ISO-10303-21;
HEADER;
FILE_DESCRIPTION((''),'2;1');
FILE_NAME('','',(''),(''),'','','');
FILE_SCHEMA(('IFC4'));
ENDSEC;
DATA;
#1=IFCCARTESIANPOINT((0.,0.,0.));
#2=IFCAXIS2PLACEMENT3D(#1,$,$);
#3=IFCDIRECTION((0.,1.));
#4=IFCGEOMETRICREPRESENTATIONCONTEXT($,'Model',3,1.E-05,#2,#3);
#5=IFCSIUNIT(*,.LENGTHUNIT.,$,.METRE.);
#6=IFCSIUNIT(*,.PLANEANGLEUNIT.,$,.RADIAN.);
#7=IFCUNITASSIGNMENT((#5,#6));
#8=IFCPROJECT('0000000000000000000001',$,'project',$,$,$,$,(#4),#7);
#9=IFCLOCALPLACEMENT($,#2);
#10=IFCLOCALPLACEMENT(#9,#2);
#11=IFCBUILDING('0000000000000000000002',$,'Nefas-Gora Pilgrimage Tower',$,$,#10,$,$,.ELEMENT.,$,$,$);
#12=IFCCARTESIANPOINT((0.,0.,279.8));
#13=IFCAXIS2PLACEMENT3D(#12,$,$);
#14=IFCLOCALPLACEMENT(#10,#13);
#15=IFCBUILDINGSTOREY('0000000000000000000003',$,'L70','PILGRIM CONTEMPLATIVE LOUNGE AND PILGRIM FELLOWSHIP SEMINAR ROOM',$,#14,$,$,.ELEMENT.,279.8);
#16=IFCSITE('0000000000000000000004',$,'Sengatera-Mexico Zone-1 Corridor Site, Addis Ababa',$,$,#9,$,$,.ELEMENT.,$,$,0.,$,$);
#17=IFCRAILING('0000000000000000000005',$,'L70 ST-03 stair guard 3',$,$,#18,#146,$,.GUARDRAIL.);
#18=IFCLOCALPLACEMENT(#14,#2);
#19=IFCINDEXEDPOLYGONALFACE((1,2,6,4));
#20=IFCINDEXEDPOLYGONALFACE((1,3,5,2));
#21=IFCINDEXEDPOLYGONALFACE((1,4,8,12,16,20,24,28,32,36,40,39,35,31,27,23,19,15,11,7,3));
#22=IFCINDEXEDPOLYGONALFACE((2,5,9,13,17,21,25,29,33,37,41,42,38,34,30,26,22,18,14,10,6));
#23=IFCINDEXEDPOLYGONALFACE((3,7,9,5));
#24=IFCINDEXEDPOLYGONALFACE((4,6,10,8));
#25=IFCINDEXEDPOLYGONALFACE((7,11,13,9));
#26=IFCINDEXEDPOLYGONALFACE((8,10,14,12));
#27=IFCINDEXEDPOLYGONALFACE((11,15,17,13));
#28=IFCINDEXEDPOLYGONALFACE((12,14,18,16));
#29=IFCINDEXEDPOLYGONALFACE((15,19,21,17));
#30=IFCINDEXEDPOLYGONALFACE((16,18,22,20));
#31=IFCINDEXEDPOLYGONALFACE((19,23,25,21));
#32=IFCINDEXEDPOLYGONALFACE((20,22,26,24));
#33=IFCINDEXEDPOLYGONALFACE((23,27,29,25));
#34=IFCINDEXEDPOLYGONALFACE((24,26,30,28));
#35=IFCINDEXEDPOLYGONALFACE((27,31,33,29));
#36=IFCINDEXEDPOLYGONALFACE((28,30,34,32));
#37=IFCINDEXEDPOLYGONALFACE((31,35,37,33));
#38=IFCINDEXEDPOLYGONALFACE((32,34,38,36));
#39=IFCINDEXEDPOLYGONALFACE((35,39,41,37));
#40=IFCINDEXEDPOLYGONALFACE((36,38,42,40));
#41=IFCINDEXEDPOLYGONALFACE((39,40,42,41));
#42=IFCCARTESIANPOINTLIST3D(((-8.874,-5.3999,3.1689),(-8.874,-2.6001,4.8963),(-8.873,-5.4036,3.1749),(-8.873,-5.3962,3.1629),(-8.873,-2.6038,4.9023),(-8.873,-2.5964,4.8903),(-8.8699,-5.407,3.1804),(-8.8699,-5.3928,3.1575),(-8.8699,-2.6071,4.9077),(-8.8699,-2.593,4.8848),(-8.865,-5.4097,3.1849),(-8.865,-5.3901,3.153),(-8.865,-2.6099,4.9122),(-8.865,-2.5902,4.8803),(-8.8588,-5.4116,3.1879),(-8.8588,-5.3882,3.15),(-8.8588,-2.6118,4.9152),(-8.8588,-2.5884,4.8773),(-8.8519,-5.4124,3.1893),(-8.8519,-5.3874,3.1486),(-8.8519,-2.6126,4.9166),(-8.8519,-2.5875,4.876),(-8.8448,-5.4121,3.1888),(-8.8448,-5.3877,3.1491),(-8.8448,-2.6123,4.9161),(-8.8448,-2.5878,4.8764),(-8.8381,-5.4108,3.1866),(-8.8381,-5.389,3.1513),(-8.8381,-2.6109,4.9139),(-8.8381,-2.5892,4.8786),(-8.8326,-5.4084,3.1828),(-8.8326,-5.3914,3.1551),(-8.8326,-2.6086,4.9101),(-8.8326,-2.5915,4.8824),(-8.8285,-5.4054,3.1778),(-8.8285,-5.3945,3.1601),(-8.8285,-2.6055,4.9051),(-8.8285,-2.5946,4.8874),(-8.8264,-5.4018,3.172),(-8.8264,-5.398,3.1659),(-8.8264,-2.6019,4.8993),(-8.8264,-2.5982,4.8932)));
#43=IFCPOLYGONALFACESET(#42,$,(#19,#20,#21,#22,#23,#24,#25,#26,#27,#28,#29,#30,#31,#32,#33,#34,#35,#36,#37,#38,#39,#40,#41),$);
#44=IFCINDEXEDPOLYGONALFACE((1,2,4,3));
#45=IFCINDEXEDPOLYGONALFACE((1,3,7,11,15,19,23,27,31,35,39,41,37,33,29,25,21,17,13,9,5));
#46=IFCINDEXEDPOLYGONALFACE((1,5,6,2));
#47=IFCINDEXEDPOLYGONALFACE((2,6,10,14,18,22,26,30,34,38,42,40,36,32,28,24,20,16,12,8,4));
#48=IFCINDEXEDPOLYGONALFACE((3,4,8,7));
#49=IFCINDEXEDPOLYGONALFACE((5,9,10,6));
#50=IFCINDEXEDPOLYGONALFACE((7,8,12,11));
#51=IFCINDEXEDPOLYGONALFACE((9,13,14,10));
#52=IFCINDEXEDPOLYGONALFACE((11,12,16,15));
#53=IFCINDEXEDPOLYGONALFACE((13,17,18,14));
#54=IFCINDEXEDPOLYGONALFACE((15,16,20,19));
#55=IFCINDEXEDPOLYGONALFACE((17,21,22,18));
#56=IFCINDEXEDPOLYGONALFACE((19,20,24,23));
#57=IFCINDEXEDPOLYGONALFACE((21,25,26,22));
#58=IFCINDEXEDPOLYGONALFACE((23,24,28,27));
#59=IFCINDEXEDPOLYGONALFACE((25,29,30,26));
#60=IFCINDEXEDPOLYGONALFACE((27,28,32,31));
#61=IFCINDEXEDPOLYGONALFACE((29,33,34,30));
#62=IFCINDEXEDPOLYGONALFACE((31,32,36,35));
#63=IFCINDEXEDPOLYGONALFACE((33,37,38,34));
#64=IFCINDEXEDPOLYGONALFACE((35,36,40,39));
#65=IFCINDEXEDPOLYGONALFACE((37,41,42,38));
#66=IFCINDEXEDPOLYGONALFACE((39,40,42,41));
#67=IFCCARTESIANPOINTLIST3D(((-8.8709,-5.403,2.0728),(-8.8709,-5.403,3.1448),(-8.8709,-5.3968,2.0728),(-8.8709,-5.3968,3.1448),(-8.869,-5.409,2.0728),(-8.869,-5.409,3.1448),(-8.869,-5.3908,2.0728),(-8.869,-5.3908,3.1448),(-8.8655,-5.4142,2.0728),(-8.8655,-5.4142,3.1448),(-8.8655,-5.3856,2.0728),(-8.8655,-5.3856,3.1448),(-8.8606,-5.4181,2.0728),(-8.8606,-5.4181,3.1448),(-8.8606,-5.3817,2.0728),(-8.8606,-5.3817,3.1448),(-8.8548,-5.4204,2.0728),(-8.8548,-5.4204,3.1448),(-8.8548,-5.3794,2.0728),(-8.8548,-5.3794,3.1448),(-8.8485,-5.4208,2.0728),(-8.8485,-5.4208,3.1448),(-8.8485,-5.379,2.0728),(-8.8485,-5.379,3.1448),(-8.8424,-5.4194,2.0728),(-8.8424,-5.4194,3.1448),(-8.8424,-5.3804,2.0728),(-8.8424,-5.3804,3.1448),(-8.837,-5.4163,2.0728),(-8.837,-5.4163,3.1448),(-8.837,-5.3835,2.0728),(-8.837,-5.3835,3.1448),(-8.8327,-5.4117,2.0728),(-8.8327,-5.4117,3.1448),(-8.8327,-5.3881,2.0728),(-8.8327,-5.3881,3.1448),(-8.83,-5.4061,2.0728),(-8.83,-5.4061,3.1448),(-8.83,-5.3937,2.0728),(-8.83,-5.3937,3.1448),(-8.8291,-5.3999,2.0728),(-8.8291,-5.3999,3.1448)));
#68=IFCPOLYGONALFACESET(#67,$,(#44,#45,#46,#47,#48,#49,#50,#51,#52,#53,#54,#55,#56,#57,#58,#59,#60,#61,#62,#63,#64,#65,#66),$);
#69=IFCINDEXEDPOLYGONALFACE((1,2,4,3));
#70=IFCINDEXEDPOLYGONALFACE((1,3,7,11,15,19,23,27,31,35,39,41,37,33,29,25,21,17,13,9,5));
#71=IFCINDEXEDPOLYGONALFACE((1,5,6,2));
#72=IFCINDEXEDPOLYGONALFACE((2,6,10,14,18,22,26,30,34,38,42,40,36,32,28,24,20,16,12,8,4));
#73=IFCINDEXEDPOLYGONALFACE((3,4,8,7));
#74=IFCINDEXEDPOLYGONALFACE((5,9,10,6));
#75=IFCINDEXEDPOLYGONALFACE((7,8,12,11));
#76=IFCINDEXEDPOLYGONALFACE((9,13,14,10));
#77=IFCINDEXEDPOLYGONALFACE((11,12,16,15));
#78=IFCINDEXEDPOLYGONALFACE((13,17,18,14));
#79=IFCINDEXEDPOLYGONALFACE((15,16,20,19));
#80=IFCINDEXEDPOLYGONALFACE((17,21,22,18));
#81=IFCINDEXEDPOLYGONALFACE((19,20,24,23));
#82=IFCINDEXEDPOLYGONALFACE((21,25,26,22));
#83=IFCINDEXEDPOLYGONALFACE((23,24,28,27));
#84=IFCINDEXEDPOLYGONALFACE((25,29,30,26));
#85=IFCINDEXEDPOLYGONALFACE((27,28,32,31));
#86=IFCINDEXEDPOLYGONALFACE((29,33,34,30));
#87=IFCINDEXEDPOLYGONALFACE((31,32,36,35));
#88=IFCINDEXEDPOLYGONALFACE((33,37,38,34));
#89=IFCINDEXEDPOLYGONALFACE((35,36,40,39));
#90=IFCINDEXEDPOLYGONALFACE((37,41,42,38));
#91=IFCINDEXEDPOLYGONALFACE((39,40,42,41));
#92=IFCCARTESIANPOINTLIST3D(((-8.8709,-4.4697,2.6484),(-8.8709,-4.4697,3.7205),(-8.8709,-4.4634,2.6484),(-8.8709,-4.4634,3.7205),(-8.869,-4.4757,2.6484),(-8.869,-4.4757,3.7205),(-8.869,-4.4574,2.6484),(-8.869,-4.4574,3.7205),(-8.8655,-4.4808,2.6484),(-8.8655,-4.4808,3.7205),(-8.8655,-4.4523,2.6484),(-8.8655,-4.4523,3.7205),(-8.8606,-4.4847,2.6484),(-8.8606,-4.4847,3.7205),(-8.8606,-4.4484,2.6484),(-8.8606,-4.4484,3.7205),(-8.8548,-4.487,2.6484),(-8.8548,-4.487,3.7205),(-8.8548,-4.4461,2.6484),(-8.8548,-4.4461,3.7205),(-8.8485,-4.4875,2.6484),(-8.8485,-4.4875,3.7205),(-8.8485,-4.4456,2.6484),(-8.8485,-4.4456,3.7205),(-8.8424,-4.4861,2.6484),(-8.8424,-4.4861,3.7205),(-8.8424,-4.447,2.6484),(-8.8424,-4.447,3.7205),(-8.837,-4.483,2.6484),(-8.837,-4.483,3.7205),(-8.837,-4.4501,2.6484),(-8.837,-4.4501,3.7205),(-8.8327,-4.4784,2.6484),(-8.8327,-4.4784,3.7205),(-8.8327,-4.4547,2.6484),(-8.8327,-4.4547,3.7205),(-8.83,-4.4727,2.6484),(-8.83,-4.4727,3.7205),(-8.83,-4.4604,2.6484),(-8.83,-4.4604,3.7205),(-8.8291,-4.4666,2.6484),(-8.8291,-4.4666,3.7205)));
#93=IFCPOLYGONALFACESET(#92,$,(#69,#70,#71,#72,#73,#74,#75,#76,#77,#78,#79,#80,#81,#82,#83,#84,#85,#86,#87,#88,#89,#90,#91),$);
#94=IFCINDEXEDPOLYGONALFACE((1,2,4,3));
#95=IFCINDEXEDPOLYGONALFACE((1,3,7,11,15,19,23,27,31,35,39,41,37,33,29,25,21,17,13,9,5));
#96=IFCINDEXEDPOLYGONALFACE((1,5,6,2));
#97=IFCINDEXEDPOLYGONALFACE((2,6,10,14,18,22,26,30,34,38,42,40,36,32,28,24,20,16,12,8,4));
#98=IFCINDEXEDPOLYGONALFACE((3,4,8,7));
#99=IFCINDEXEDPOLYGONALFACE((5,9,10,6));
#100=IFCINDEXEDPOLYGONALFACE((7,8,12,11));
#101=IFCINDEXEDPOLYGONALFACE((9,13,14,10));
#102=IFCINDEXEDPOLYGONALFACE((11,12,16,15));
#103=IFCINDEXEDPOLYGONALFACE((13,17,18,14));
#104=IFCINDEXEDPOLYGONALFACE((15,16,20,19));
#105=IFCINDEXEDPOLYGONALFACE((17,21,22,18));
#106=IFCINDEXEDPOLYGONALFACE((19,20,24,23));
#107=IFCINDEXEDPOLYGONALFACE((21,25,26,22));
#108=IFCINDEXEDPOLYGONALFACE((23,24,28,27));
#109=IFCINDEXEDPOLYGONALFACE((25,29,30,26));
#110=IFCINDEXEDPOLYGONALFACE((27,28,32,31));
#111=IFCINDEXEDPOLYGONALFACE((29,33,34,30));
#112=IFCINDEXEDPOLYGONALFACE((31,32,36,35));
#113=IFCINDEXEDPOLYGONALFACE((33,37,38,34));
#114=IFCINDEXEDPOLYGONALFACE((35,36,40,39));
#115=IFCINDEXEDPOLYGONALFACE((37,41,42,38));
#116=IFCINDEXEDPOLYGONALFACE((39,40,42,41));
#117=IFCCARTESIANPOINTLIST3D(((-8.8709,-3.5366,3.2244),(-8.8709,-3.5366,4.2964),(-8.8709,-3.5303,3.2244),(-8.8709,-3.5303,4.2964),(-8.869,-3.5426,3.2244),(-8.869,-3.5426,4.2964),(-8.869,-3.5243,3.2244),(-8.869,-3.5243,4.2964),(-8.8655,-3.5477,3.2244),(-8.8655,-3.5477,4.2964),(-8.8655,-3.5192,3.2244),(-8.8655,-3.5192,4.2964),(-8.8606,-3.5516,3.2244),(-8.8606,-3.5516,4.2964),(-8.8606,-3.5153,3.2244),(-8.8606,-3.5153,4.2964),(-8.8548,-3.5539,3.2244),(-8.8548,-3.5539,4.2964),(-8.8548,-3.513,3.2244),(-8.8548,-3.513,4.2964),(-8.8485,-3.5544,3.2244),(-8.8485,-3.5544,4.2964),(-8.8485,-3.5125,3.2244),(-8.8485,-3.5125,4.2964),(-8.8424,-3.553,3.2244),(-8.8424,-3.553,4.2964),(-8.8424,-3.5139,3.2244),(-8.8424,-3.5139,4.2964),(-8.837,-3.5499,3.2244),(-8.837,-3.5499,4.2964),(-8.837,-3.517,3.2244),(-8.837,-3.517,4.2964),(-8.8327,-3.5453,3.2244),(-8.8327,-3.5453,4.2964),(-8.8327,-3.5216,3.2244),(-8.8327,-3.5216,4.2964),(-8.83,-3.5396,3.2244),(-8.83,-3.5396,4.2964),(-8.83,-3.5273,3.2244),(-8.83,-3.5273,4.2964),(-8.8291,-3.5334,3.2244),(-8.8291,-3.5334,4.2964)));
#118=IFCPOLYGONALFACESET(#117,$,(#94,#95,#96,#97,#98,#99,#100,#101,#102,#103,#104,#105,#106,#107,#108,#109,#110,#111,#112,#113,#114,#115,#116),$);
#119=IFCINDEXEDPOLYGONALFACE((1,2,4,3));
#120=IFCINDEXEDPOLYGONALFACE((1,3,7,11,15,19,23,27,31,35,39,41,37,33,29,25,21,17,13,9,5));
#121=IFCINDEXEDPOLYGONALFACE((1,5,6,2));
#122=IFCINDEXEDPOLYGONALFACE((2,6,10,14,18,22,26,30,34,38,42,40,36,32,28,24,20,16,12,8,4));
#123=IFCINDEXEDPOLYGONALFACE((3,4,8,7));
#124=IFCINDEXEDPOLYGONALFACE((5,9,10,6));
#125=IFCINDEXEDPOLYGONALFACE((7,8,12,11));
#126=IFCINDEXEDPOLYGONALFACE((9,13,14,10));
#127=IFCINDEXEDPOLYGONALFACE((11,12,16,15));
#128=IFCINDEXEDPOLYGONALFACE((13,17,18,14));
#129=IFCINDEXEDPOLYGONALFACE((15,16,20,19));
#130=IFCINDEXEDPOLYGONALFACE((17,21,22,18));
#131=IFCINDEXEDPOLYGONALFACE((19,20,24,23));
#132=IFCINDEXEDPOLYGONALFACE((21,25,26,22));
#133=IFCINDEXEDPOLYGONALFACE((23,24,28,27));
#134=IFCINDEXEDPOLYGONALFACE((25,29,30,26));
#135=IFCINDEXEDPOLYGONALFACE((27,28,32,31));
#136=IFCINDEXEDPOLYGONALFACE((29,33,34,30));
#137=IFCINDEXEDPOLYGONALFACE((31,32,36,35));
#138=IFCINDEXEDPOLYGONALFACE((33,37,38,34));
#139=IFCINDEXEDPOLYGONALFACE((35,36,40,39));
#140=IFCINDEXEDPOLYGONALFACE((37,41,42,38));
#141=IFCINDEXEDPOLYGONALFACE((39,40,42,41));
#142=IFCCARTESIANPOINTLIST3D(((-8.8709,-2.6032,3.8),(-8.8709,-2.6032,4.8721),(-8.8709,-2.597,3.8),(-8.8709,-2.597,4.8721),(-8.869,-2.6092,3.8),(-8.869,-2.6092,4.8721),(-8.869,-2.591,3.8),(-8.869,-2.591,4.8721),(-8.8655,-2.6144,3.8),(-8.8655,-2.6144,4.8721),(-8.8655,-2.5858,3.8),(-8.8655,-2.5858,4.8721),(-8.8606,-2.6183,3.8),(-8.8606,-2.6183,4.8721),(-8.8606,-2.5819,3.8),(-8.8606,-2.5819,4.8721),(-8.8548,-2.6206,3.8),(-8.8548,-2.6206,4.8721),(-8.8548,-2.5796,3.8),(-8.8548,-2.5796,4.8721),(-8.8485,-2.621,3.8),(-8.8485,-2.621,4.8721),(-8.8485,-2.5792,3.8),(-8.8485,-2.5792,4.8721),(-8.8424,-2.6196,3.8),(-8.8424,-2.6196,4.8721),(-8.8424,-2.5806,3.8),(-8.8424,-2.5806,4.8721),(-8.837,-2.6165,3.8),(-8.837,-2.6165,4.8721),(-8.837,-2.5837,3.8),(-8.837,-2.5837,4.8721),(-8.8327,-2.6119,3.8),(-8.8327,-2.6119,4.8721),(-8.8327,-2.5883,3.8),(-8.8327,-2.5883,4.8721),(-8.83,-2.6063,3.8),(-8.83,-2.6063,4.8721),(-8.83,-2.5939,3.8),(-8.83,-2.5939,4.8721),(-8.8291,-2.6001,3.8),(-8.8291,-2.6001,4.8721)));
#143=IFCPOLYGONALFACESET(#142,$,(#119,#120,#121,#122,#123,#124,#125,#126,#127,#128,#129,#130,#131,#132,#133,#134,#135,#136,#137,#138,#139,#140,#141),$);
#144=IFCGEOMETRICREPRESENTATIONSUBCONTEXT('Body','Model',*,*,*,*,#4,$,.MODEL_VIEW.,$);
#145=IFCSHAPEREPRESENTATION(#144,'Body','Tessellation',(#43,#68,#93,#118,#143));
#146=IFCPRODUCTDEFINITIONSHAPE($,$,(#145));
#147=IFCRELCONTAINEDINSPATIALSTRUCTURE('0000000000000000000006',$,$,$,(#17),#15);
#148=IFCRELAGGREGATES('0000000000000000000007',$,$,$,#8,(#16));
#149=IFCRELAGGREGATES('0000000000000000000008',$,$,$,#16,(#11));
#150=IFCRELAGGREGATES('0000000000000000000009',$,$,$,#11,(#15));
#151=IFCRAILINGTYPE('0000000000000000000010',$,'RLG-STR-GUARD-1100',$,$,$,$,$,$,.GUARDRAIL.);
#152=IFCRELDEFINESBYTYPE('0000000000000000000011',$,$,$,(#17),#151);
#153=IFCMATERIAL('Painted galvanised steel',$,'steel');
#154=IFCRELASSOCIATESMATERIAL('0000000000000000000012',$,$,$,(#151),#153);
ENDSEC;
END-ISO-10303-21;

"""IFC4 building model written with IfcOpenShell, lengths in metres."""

from ifc_helpers import new_model, si_unit, direction, frame, origin, origin_2d, place, context, subcontext, project, spatial, circle, extrude, material, type_object, element, save


model = new_model("IFC4")

# Units and contexts
model_context = context("Model", 3, precision=1e-05, world=origin(), true_north=direction((0.0, 1.0)))
body_context = subcontext(model_context, "Body", "Model", "MODEL_VIEW")
ifc_project = project(units=[si_unit("LENGTHUNIT", "METRE"), si_unit("PLANEANGLEUNIT", "RADIAN")], contexts=[model_context])

# Site, building, storey
site_placement = place(None, origin())
site = spatial("IfcSite", under=ifc_project, at=site_placement, Name="Sengatera-Mexico Zone-1 Corridor Site, Addis Ababa", CompositionType="ELEMENT", RefElevation=0.0)
building_placement = place(site_placement, origin())
building = spatial("IfcBuilding", under=site, at=building_placement, Name="Nefas-Gora Pilgrimage Tower", CompositionType="ELEMENT")
storey_placement = place(building_placement, frame((0.0, 0.0, 279.8)))
storey = spatial("IfcBuildingStorey", under=building, at=storey_placement, Name="L70", Description="PILGRIM CONTEMPLATIVE LOUNGE AND PILGRIM FELLOWSHIP SEMINAR ROOM", CompositionType="ELEMENT", Elevation=279.8)

# Railing
ifc_material_1 = material(Name="Painted galvanised steel", Category="steel")
railing_type_1 = type_object("IfcRailingType", Name="RLG-STR-GUARD-1100", PredefinedType="GUARDRAIL", material=ifc_material_1)
railing_1_placement = place(storey_placement, frame((-8.8501, -5.3999, 2.0728)))
element("IfcRailing", 1, at=railing_1_placement, inside=storey, type_object=railing_type_1, Name="L70 ST-03 stair guard 3", PredefinedType="GUARDRAIL", context=body_context, shape_type="SweptSolid", body=[
    extrude(circle(Radius=0.0239, at=origin_2d()), frame((0.0, 0.0, 1.0962), z_axis=(0.0, 0.851069, 0.525054), x_axis=(-1.0, 0.0, 0.0)), (0.0, 0.0, 1.0), 3.2898),
    extrude(circle(Radius=0.021, at=origin_2d()), origin(), (0.0, 0.0, 1.0), 1.072),
    extrude(circle(Radius=0.021, at=origin_2d()), frame((0.0, 0.9333, 0.5757)), (0.0, 0.0, 1.0), 1.072),
    extrude(circle(Radius=0.021, at=origin_2d()), frame((0.0, 1.8665, 1.1516)), (0.0, 0.0, 1.0), 1.072),
    extrude(circle(Radius=0.021, at=origin_2d()), frame((0.0, 2.7998, 1.7273)), (0.0, 0.0, 1.0), 1.072),
])

save(model, "model.ifc")
